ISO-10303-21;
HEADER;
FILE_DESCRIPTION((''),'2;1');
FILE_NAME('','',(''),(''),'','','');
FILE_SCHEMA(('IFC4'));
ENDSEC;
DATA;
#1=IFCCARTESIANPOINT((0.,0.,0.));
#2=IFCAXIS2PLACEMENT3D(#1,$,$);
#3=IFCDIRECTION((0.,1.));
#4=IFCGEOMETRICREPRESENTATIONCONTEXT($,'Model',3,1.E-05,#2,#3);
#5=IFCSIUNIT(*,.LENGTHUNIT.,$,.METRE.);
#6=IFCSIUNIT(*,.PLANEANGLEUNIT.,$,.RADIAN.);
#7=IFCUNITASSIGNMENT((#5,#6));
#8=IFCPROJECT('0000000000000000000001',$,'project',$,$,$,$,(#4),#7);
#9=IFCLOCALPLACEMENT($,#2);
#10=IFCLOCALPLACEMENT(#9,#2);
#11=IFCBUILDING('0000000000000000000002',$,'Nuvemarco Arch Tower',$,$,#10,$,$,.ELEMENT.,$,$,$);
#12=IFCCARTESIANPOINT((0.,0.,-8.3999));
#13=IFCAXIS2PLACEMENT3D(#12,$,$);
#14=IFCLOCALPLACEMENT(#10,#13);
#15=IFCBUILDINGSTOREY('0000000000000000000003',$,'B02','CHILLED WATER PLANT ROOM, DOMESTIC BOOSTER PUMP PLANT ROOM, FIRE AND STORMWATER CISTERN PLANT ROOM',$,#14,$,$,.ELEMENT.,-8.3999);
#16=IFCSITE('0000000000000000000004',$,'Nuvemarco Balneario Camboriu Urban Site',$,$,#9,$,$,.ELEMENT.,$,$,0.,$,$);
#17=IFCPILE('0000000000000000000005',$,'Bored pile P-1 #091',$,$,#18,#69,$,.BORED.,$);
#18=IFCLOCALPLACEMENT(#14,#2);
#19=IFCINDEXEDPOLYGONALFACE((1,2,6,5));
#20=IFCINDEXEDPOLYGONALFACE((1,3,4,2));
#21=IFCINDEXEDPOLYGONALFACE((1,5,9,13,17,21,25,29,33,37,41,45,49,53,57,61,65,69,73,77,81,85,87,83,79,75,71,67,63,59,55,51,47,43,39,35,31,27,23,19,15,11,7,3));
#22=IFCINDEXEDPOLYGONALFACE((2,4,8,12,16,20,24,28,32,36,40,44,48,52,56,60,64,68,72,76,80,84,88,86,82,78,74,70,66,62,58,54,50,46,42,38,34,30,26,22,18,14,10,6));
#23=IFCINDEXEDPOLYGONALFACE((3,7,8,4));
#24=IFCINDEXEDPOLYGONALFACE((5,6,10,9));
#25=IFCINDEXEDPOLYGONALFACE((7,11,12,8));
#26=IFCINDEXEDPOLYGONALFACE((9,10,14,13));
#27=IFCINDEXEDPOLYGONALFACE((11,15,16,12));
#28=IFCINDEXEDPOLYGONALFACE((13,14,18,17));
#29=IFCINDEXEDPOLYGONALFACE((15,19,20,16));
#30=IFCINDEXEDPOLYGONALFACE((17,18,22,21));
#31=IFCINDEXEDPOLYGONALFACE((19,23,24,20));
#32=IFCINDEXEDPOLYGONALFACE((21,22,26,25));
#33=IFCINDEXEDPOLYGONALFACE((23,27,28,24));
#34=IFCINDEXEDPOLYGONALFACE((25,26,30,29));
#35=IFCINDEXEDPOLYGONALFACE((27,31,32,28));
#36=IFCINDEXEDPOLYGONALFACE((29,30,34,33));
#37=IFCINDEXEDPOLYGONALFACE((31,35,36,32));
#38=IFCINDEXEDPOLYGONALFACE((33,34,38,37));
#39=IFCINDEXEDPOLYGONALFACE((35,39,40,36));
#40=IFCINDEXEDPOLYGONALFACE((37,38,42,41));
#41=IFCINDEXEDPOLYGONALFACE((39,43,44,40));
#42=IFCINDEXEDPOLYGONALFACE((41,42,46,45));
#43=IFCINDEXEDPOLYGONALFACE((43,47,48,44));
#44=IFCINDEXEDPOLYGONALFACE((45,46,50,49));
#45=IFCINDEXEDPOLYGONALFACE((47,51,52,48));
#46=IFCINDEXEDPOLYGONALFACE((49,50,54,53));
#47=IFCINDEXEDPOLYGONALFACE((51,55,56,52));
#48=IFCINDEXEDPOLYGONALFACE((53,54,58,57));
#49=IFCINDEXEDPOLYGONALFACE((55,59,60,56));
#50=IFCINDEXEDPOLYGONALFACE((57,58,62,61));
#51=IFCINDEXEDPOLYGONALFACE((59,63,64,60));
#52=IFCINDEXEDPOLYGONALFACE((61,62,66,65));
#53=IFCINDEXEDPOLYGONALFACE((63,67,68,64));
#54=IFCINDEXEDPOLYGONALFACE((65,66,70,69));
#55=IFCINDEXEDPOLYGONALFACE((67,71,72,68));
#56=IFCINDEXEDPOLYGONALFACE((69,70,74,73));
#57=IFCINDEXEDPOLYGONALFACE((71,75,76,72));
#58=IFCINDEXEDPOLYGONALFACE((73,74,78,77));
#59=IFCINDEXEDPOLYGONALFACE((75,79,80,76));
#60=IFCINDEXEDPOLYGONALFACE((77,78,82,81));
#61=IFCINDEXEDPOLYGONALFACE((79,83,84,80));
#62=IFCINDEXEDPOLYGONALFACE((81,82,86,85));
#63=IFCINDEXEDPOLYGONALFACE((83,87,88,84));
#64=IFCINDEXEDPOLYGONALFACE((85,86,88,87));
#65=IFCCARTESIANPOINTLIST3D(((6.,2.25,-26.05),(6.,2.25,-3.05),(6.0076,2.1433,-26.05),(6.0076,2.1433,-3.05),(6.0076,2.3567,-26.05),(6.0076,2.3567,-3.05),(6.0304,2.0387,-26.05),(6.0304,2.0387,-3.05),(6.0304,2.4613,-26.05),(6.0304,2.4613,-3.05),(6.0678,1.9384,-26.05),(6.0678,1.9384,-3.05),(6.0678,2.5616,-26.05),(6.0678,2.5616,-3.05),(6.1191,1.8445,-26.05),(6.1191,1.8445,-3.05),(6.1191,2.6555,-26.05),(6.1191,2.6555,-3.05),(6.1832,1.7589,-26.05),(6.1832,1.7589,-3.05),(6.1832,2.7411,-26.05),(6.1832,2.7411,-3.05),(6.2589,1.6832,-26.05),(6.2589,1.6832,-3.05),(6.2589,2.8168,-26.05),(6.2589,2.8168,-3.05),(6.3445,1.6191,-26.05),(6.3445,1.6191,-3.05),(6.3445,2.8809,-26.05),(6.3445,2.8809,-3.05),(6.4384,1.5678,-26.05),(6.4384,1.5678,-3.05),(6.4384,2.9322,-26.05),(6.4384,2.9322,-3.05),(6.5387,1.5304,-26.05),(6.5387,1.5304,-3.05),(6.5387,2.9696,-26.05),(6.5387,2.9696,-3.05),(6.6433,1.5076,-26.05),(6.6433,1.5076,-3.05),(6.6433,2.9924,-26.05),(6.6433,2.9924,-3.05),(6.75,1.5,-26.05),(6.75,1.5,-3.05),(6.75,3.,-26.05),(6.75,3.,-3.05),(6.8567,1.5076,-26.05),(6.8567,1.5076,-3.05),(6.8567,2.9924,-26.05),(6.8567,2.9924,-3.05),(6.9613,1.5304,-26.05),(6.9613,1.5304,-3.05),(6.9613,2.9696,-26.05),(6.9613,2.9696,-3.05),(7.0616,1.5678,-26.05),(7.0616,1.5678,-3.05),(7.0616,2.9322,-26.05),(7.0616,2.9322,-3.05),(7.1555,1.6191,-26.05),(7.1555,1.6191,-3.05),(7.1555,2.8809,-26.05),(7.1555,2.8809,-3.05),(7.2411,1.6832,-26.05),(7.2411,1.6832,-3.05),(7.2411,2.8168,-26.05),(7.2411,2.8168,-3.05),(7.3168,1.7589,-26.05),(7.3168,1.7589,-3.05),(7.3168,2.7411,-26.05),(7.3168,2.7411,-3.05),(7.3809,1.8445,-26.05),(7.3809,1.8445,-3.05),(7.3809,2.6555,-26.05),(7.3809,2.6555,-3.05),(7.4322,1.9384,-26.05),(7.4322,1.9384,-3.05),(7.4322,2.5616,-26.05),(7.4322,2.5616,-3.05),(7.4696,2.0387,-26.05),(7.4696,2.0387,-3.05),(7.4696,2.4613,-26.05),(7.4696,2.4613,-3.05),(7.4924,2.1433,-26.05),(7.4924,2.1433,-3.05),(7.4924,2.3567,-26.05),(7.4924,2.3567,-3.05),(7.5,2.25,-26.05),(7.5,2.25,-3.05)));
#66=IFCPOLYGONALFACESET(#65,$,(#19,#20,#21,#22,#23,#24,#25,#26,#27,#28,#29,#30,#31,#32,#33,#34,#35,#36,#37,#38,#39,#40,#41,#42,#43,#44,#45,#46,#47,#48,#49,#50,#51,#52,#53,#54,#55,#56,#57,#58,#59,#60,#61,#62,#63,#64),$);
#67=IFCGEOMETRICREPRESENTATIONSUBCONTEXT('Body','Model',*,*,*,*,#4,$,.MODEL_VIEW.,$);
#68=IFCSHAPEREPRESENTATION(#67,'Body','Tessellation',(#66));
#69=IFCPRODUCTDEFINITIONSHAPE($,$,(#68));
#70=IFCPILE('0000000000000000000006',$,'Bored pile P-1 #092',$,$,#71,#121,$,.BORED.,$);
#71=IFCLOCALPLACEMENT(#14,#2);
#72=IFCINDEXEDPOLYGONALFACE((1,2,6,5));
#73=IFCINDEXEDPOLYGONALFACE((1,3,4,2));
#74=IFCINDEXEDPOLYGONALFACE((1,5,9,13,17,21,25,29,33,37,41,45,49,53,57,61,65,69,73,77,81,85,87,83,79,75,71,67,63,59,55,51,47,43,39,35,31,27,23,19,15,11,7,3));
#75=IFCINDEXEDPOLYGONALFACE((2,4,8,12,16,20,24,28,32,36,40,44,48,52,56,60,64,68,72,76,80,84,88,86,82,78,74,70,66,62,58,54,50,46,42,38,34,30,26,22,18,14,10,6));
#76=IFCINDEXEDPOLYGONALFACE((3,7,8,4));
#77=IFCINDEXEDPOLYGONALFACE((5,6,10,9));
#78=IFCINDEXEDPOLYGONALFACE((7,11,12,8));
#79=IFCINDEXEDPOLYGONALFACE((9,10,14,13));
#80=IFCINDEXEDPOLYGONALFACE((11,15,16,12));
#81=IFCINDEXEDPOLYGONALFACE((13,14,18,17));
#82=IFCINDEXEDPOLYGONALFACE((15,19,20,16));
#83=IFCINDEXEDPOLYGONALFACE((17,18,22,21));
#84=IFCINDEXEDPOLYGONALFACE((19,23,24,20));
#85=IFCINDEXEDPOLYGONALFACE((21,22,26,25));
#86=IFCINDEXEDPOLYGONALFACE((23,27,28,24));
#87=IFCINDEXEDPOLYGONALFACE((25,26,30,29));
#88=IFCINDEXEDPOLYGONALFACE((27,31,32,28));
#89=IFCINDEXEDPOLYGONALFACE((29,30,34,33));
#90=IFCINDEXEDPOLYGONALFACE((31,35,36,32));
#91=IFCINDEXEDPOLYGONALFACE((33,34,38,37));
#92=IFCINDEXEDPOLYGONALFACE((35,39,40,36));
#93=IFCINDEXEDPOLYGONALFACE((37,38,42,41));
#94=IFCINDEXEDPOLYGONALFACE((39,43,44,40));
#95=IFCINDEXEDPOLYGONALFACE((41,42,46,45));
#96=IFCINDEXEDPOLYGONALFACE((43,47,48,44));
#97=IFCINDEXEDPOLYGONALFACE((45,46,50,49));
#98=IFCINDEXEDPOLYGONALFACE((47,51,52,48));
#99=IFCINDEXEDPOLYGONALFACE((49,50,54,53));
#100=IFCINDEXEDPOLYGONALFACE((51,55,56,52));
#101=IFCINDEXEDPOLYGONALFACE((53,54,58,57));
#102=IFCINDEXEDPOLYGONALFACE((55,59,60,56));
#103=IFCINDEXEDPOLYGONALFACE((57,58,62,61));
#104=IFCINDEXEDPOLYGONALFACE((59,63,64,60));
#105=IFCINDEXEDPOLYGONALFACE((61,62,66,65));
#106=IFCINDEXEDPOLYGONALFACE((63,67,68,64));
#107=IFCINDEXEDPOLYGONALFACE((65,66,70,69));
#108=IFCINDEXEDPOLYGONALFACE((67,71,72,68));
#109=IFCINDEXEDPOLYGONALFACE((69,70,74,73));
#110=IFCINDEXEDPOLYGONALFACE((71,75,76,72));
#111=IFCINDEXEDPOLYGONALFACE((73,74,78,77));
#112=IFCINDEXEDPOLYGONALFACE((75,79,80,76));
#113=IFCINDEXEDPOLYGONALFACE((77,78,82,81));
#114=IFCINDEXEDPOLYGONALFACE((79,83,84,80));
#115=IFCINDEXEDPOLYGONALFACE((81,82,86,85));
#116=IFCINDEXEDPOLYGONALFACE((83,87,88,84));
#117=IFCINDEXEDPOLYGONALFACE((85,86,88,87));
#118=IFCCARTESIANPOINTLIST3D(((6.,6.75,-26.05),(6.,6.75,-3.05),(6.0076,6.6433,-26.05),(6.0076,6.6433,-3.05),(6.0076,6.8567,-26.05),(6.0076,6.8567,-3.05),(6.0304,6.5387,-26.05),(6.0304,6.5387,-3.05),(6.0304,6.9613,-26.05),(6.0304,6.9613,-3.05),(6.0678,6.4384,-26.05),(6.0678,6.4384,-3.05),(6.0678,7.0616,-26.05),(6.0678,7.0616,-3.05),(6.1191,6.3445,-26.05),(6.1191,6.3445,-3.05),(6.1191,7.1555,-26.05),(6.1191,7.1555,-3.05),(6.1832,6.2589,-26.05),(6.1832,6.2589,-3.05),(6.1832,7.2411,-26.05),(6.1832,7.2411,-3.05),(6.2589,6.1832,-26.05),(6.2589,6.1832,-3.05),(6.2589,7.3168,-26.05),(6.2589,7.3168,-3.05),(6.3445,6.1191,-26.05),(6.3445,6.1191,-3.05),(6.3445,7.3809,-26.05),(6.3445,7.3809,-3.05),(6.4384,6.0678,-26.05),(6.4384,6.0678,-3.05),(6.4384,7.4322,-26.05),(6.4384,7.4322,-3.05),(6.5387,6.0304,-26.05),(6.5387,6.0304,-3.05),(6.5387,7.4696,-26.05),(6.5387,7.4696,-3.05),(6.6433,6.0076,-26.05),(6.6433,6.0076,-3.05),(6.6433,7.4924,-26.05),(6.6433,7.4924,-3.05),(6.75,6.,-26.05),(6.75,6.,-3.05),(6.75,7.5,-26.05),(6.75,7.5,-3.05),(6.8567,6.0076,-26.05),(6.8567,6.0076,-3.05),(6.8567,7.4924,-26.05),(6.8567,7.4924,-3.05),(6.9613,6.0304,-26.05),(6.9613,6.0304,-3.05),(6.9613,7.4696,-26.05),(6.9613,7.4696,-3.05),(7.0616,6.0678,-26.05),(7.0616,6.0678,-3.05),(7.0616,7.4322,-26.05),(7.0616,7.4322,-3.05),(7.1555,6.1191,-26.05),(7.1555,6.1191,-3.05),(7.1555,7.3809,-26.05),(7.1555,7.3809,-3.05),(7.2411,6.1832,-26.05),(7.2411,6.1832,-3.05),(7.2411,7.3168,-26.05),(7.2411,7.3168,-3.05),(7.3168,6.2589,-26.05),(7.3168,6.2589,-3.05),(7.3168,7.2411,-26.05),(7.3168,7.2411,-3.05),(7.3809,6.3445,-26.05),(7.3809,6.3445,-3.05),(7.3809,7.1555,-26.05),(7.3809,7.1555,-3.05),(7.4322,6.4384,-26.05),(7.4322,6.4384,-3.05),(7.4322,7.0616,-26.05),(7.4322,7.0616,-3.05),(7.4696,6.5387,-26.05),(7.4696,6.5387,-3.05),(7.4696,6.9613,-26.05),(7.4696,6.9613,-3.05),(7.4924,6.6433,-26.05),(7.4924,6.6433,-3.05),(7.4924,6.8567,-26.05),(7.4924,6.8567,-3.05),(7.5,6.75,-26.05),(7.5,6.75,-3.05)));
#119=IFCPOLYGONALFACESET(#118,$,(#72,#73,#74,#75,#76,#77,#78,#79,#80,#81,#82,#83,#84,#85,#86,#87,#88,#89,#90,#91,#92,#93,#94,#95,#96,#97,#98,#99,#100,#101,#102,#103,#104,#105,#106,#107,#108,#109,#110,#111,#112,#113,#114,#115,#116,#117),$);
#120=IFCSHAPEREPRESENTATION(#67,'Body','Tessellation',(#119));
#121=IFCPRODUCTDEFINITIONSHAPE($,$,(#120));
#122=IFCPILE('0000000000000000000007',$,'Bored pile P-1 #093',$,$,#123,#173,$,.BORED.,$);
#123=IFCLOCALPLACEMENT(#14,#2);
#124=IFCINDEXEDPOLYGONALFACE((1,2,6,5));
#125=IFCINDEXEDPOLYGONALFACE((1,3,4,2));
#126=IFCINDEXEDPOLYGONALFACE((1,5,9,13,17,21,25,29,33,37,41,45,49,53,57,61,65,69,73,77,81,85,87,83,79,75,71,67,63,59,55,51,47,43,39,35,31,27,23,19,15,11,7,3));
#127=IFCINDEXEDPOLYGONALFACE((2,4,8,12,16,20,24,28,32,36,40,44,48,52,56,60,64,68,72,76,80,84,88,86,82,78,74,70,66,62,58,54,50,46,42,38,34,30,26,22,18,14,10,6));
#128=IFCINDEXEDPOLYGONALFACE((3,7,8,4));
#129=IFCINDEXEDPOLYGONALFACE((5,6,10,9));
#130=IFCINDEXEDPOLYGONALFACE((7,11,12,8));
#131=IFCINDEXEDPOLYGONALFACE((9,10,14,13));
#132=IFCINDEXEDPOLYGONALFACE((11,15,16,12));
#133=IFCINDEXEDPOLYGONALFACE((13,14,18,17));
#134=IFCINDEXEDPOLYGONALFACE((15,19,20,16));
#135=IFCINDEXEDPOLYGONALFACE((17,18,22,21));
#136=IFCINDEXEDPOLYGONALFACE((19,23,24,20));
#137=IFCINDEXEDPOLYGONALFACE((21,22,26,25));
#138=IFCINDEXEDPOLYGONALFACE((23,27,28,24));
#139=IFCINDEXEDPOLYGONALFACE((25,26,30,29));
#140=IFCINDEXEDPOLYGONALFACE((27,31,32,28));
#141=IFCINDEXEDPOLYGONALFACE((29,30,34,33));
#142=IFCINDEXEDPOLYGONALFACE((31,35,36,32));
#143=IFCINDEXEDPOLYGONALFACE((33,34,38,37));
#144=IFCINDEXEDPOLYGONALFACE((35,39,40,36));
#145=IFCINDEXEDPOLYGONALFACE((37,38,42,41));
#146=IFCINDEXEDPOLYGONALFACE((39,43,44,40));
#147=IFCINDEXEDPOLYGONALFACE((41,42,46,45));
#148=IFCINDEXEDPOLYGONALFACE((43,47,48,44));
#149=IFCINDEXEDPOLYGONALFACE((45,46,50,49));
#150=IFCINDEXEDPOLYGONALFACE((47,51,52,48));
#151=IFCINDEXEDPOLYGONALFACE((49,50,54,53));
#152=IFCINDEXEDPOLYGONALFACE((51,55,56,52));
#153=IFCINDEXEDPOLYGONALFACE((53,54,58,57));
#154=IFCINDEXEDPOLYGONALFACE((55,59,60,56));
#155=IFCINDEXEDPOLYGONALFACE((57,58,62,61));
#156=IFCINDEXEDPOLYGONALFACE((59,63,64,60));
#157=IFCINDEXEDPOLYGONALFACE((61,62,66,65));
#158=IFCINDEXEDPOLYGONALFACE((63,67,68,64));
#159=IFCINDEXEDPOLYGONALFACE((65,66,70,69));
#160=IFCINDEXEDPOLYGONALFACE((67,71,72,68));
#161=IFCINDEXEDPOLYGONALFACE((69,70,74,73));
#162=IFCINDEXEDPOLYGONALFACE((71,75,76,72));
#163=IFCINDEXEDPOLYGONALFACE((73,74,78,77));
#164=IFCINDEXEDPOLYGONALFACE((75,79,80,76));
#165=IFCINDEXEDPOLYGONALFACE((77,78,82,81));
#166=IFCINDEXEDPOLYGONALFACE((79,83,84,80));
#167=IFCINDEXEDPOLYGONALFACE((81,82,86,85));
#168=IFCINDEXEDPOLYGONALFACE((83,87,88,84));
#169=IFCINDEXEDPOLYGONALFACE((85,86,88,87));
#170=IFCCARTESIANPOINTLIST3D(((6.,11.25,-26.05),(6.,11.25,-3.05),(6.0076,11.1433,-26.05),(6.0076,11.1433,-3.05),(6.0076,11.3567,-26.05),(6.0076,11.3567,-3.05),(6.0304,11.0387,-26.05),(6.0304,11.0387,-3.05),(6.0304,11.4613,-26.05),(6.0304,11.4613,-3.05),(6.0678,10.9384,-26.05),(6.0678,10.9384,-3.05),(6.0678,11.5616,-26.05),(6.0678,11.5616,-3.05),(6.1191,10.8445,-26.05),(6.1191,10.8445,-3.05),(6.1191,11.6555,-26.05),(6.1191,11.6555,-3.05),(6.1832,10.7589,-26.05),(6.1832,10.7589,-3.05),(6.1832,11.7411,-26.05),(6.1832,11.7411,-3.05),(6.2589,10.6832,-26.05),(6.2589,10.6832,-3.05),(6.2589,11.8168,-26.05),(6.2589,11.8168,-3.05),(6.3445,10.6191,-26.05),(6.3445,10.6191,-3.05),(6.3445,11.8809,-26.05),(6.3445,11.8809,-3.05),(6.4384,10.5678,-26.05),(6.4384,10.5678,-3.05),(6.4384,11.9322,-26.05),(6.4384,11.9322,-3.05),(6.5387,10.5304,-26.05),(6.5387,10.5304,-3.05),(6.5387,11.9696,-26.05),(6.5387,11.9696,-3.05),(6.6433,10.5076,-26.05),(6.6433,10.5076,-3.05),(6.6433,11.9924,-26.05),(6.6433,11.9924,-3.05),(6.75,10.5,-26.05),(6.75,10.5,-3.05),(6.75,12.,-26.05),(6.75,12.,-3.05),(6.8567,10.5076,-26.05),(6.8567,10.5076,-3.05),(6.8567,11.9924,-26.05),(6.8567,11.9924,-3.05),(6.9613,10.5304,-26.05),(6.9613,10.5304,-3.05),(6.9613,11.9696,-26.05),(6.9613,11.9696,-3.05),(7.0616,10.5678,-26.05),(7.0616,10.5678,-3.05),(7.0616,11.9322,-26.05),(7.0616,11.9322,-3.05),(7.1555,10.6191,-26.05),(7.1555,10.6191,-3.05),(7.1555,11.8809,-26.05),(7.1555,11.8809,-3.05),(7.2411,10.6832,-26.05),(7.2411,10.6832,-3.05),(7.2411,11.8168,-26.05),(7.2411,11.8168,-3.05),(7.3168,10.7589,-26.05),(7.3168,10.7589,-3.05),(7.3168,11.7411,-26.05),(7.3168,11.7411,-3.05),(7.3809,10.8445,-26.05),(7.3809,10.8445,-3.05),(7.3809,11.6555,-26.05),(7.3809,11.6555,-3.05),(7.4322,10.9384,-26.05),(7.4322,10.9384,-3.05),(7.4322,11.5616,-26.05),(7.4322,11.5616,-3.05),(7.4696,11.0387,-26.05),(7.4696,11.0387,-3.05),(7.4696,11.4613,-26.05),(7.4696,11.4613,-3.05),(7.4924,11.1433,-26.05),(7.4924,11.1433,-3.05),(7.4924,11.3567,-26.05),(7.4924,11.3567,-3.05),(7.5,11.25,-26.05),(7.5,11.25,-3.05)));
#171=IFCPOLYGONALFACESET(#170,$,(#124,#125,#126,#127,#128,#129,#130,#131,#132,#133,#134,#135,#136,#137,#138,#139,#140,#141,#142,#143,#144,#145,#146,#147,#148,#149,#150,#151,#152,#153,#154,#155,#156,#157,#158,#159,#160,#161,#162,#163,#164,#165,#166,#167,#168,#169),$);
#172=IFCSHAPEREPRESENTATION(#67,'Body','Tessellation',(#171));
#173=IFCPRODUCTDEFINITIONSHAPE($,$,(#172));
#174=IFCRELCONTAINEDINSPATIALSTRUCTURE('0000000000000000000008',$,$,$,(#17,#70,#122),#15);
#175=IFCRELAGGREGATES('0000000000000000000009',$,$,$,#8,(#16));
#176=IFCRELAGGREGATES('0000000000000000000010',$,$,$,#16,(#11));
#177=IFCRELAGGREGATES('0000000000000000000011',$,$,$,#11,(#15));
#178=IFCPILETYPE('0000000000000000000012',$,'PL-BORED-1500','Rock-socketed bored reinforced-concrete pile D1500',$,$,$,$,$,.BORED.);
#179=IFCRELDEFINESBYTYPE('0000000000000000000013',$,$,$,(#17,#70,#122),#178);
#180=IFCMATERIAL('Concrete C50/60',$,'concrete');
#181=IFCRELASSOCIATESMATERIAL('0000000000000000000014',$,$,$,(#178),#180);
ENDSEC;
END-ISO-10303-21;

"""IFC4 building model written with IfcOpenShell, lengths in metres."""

from ifc_helpers import new_model, si_unit, direction, frame, origin, origin_2d, place, context, subcontext, project, spatial, circle, extrude, material, material_profile, profile_set, type_object, element, save


model = new_model("IFC4")

# Units and contexts
model_context = context("Model", 3, precision=1e-05, world=origin(), true_north=direction((0.0, 1.0)))
body_context = subcontext(model_context, "Body", "Model", "MODEL_VIEW")
ifc_project = project(units=[si_unit("LENGTHUNIT", "METRE"), si_unit("PLANEANGLEUNIT", "RADIAN")], contexts=[model_context])

# Site, building, storey
site_placement = place(None, origin())
site = spatial("IfcSite", under=ifc_project, at=site_placement, Name="Nuvemarco Balneario Camboriu Urban Site", CompositionType="ELEMENT", RefElevation=0.0)
building_placement = place(site_placement, origin())
building = spatial("IfcBuilding", under=site, at=building_placement, Name="Nuvemarco Arch Tower", CompositionType="ELEMENT")
storey_placement = place(building_placement, frame((0.0, 0.0, -8.3999)))
storey = spatial("IfcBuildingStorey", under=building, at=storey_placement, Name="B02", Description="CHILLED WATER PLANT ROOM, DOMESTIC BOOSTER PUMP PLANT ROOM, FIRE AND STORMWATER CISTERN PLANT ROOM", CompositionType="ELEMENT", Elevation=-8.3999)

# Piles
ifc_material_1 = material(Name="Concrete C50/60", Category="concrete")
ifc_material_profile_1 = material_profile(ifc_material_1, circle(Radius=0.75, at=origin_2d()), Name="PILE-D1500")
ifc_profile_set_1 = profile_set([ifc_material_profile_1], Name="Concrete C50/60")
pile_type = type_object("IfcPileType", Name="PL-BORED-1500", Description="Rock-socketed bored reinforced-concrete pile D1500", PredefinedType="BORED", material=ifc_profile_set_1)
for number, where, z_axis, x_axis, name in (
    (1, (6.75, 2.25, -3.05), (0.0, 0.0, -1.0), (1.0, 0.0, 0.0), "Bored pile P-1 #091"),
    (2, (6.75, 6.75, -3.05), (0.0, 0.0, -1.0), (1.0, 0.0, 0.0), "Bored pile P-1 #092"),
    (3, (6.75, 11.25, -3.05), (0.0, 0.0, -1.0), (1.0, 0.0, 0.0), "Bored pile P-1 #093"),
):
    element("IfcPile", number, at=place(storey_placement, frame(where, z_axis=z_axis, x_axis=x_axis)), inside=storey, type_object=pile_type, Name=name, PredefinedType="BORED", context=body_context, shape_type="SweptSolid", body=[
        extrude(circle(Radius=0.75, at=origin_2d()), origin(), (0.0, 0.0, 1.0), 23.0),
    ])

save(model, "model.ifc")
